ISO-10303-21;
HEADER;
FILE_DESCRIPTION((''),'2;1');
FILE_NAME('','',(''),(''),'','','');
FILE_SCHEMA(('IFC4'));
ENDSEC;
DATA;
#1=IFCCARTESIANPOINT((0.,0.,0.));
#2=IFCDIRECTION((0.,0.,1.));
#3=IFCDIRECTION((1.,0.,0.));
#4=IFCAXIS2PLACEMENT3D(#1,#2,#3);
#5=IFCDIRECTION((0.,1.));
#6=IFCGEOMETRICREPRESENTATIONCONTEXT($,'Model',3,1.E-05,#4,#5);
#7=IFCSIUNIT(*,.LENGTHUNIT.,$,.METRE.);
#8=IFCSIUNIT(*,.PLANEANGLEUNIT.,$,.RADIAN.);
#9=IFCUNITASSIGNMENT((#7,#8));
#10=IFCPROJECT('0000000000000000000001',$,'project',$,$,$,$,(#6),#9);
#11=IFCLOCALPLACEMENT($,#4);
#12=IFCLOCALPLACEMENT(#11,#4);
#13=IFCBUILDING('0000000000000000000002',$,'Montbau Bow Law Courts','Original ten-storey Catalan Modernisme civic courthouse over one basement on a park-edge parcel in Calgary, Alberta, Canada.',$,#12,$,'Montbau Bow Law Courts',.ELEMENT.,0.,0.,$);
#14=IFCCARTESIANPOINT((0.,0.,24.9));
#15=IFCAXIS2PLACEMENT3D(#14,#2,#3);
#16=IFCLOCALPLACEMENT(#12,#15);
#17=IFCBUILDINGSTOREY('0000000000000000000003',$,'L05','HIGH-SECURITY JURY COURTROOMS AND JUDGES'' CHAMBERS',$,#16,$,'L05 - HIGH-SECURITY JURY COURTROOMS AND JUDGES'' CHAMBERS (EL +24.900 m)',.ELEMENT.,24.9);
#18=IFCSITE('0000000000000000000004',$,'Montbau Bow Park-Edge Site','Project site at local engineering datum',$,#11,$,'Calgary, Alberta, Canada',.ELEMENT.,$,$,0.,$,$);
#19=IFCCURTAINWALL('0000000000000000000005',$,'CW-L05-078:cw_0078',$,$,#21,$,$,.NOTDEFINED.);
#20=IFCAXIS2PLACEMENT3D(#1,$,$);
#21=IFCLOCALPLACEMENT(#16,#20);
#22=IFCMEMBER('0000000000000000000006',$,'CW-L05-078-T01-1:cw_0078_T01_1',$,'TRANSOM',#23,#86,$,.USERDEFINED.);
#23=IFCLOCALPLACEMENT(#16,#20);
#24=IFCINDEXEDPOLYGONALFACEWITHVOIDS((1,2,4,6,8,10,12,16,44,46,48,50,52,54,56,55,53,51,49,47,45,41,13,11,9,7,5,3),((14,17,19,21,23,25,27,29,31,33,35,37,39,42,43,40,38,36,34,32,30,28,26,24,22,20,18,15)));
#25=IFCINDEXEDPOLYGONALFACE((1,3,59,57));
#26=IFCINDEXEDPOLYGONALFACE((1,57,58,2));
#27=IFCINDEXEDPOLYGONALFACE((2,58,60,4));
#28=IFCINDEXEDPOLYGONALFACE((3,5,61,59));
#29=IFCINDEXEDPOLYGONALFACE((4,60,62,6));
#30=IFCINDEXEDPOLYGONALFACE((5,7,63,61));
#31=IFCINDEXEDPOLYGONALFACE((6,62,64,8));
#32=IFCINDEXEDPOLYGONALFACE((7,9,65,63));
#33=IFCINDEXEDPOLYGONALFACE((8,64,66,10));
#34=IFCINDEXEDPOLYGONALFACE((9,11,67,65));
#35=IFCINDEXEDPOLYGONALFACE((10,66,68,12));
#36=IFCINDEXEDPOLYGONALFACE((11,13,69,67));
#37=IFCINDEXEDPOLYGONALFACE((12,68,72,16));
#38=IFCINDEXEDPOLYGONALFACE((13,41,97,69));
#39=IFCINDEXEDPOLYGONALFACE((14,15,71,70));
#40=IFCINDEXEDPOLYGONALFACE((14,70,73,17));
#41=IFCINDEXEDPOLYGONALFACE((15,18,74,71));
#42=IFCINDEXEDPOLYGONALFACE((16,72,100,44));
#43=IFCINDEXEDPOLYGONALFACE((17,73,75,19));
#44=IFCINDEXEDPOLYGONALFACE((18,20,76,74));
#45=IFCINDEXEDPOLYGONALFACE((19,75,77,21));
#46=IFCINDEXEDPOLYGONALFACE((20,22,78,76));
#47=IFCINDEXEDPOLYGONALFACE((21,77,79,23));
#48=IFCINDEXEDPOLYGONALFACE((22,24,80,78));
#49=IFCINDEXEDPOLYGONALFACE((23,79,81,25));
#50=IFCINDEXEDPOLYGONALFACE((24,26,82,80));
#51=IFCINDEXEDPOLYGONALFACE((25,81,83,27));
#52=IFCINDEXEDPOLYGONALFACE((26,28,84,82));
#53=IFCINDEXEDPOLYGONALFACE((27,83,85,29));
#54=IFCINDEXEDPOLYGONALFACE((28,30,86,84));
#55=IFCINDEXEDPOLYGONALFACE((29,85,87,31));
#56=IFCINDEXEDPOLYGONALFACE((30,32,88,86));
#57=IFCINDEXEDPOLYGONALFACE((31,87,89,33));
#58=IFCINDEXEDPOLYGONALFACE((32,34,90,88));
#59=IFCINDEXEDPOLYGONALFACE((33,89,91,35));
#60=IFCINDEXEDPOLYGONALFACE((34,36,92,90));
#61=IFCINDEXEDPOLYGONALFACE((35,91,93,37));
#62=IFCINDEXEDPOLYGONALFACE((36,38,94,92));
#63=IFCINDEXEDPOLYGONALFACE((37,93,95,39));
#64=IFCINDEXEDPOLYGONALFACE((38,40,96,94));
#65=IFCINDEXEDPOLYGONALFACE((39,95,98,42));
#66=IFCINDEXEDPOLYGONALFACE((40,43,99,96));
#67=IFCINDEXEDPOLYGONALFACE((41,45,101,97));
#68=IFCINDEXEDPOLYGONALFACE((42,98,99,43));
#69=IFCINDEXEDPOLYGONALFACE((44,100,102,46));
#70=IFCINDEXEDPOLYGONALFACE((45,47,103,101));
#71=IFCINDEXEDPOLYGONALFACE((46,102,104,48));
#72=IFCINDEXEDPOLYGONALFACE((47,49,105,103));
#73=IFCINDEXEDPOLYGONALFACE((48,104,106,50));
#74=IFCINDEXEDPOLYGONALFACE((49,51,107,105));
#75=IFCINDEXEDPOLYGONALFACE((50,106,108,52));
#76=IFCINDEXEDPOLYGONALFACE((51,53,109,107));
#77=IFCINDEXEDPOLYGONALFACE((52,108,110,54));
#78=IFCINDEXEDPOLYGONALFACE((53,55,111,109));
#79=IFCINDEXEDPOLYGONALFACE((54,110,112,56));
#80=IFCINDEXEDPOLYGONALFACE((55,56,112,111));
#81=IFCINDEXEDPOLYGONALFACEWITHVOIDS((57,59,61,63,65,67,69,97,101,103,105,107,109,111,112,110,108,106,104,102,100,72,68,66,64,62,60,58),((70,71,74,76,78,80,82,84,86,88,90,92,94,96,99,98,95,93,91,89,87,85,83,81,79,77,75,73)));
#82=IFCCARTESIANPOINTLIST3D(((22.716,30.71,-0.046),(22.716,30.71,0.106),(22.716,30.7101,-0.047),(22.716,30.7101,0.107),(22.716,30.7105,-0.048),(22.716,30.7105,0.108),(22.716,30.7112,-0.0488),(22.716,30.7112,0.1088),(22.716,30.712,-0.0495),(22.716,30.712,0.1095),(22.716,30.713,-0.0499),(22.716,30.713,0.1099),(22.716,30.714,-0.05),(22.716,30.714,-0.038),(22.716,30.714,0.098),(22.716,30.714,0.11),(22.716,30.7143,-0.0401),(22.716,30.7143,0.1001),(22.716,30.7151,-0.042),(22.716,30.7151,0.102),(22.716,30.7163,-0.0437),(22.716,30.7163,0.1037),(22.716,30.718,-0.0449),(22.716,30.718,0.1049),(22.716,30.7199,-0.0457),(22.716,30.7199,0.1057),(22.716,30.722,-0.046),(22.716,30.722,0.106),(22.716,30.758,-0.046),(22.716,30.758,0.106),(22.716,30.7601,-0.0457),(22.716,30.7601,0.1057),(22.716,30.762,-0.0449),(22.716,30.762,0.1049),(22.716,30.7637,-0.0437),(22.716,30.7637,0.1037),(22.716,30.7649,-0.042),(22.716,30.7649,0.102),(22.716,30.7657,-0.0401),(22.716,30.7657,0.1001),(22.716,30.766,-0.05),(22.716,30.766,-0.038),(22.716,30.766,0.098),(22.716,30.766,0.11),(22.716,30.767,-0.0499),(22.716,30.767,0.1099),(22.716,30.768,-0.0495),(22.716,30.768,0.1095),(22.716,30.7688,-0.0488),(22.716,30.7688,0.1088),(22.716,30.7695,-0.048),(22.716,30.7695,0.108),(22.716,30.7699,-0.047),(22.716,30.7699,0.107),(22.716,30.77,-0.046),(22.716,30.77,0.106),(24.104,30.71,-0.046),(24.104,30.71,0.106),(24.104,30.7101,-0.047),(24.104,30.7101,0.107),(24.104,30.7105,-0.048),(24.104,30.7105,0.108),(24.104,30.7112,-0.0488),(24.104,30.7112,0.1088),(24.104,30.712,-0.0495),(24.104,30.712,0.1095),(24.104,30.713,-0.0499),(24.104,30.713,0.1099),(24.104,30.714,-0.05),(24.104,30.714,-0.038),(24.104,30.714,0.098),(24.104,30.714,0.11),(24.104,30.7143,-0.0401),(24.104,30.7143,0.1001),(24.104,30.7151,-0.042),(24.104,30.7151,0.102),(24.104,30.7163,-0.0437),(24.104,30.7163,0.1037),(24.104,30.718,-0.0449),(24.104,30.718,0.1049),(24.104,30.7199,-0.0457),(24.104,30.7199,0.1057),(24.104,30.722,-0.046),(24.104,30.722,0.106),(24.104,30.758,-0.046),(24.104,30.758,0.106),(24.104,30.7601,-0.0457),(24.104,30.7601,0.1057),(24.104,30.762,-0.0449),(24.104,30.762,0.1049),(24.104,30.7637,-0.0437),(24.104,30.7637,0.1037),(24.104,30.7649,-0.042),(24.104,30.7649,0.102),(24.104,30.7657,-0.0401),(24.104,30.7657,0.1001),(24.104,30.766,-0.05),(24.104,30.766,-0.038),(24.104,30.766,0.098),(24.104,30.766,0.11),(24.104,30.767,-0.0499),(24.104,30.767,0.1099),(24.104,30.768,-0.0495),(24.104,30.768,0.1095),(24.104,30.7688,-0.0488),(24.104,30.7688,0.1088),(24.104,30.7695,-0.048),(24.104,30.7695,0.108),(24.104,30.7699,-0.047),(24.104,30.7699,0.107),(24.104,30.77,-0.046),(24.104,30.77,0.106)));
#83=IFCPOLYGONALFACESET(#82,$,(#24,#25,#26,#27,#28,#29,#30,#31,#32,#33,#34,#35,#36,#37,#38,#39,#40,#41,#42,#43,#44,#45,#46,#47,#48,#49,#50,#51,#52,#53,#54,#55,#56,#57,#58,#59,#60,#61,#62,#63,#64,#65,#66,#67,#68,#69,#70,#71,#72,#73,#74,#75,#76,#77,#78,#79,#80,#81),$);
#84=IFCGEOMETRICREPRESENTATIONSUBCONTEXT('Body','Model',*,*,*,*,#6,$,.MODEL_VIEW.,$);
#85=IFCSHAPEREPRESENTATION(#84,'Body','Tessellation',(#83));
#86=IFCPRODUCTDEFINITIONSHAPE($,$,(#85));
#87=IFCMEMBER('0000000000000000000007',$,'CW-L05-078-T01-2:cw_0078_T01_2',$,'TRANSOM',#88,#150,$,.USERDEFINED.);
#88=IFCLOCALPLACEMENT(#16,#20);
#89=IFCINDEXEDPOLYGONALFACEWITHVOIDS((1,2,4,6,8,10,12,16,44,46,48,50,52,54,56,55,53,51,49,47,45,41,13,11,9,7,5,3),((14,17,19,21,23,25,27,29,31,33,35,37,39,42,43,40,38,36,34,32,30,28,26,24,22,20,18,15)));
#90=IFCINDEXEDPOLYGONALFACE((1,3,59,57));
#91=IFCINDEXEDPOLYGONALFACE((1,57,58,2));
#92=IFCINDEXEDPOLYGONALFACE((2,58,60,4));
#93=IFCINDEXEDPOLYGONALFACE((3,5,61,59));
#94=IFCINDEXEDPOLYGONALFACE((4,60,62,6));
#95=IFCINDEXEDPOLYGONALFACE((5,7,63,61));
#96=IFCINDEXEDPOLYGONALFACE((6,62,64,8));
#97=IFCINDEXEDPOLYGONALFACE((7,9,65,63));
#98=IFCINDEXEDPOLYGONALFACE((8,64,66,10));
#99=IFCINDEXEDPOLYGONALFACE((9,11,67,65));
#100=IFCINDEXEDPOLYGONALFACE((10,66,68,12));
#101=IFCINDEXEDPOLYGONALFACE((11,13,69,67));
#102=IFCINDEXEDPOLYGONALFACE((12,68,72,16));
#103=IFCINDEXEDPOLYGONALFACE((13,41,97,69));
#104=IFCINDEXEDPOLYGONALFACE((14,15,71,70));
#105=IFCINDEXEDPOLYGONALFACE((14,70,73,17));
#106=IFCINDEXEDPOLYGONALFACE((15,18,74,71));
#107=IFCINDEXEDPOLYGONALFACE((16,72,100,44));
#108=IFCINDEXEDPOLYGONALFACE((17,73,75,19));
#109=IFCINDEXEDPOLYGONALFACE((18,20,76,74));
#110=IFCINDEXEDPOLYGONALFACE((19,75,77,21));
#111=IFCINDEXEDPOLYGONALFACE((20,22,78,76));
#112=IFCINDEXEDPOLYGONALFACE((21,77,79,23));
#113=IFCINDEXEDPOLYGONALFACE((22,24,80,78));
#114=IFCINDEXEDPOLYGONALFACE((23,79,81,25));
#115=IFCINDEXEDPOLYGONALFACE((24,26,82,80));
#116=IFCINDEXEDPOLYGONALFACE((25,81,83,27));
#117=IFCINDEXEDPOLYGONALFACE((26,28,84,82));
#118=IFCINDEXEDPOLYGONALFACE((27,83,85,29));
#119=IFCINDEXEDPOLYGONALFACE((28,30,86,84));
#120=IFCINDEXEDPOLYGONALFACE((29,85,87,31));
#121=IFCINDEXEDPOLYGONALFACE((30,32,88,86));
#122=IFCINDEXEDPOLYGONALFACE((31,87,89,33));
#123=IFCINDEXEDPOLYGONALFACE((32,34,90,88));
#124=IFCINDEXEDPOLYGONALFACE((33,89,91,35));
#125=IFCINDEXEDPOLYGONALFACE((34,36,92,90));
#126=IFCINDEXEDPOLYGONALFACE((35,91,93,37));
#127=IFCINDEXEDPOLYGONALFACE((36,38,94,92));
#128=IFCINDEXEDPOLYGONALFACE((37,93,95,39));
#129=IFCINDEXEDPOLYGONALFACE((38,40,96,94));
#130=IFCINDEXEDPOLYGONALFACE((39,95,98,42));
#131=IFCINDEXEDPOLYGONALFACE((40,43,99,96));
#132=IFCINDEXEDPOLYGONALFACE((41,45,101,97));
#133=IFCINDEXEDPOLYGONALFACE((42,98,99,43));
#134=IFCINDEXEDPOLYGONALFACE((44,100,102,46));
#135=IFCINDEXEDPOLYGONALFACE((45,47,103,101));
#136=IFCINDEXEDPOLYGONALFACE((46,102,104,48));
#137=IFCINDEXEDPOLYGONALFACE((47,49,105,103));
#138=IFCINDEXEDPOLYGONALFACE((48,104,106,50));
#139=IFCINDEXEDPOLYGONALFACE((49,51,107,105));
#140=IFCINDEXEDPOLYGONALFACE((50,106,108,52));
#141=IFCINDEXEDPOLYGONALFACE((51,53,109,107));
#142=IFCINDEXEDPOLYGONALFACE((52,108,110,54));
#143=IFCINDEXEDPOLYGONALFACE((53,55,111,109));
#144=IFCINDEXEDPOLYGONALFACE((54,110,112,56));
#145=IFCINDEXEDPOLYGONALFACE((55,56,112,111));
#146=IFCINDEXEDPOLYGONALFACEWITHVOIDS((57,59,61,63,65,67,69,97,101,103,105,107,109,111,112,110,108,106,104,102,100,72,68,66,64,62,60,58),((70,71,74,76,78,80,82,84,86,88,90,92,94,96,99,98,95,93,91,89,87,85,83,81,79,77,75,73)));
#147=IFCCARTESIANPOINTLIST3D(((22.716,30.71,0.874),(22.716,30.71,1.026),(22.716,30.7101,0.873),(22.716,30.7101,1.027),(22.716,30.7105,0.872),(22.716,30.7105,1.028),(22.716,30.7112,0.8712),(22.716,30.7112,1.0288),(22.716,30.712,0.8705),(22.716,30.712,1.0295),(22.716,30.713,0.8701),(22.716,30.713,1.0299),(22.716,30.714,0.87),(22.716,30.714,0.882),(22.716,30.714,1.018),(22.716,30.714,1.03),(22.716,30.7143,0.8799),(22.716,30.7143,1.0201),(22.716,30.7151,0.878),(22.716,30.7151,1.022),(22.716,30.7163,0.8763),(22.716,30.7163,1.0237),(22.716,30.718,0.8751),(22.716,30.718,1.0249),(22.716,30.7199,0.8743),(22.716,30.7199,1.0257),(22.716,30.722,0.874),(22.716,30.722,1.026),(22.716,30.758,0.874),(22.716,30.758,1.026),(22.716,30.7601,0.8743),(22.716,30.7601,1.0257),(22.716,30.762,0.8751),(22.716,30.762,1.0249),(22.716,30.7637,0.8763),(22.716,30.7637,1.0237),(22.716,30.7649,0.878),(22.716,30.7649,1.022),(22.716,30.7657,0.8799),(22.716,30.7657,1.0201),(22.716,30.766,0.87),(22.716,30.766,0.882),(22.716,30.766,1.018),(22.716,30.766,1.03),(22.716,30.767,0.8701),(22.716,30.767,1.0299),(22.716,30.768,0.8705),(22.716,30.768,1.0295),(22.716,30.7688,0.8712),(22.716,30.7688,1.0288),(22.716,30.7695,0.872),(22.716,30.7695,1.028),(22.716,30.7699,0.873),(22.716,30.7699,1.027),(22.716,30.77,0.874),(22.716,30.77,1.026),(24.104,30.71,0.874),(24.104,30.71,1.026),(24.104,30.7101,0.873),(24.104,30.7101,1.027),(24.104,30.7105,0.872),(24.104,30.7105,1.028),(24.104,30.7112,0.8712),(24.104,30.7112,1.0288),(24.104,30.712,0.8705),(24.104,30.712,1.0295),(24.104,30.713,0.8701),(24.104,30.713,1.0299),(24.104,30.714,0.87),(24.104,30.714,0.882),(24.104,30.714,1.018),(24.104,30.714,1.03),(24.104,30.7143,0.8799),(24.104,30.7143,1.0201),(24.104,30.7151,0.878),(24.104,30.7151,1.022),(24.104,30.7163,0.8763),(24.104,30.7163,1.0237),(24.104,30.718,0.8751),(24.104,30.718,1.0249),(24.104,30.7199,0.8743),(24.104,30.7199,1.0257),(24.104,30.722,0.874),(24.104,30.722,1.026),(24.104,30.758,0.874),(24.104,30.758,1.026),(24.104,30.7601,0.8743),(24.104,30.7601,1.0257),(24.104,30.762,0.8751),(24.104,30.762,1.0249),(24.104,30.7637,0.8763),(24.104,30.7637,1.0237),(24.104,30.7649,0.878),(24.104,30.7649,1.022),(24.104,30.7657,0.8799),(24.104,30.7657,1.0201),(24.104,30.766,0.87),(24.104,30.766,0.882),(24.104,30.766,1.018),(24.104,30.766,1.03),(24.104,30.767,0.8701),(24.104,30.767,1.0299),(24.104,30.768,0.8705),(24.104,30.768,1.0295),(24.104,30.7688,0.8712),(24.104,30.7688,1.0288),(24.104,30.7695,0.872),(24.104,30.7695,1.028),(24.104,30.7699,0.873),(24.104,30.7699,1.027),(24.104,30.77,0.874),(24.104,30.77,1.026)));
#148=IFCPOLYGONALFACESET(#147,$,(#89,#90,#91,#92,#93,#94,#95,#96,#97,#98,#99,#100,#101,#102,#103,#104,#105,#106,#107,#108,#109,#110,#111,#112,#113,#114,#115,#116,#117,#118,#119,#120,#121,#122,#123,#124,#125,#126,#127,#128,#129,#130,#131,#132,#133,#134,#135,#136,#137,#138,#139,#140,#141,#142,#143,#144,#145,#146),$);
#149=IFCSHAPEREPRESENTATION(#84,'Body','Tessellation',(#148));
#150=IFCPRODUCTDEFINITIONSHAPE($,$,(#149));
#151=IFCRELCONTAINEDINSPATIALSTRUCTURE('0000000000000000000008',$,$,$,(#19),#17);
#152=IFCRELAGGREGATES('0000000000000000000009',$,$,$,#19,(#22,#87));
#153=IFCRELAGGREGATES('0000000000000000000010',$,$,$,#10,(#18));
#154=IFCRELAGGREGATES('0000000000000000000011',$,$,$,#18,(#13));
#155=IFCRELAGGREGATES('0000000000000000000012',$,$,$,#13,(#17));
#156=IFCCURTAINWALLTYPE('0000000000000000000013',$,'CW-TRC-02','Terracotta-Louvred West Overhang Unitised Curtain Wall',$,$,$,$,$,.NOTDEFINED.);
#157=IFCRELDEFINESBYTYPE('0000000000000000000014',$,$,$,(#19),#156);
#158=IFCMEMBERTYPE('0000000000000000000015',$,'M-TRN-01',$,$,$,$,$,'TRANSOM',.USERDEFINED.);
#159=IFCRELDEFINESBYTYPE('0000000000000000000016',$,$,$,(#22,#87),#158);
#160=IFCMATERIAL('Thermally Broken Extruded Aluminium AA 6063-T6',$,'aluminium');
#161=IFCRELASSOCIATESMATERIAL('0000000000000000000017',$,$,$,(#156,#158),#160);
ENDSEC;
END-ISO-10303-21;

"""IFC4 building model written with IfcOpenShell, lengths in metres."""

from ifc_helpers import new_model, si_unit, direction, frame, origin_with_axes, origin_2d_with_axis, place, context, subcontext, project, spatial, hollow_rectangle, extrude, material, material_profile, profile_set, type_object, element, aggregate, save


model = new_model("IFC4")

# Units and contexts
model_context = context("Model", 3, precision=1e-05, world=origin_with_axes(), true_north=direction((0.0, 1.0)))
body_context = subcontext(model_context, "Body", "Model", "MODEL_VIEW")
ifc_project = project(units=[si_unit("LENGTHUNIT", "METRE"), si_unit("PLANEANGLEUNIT", "RADIAN")], contexts=[model_context])

# Site, building, storey
site_placement = place(None, origin_with_axes())
site = spatial("IfcSite", under=ifc_project, at=site_placement, Name="Montbau Bow Park-Edge Site", Description="Project site at local engineering datum", LongName="Calgary, Alberta, Canada", CompositionType="ELEMENT", RefElevation=0.0)
building_placement = place(site_placement, origin_with_axes())
building = spatial("IfcBuilding", under=site, at=building_placement, Name="Montbau Bow Law Courts", Description="Original ten-storey Catalan Modernisme civic courthouse over one basement on a park-edge parcel in Calgary, Alberta, Canada.", LongName="Montbau Bow Law Courts", CompositionType="ELEMENT", ElevationOfRefHeight=0.0, ElevationOfTerrain=0.0)
storey_placement = place(building_placement, frame((0.0, 0.0, 24.9), z_axis=(0.0, 0.0, 1.0), x_axis=(1.0, 0.0, 0.0)))
storey = spatial("IfcBuildingStorey", under=building, at=storey_placement, Name="L05", Description="HIGH-SECURITY JURY COURTROOMS AND JUDGES' CHAMBERS", LongName="L05 - HIGH-SECURITY JURY COURTROOMS AND JUDGES' CHAMBERS (EL +24.900 m)", CompositionType="ELEMENT", Elevation=24.9)

# Curtain wall
ifc_material_1 = material(Name="Thermally Broken Extruded Aluminium AA 6063-T6", Category="aluminium")
curtain_wall_type = type_object("IfcCurtainWallType", Name="CW-TRC-02", Description="Terracotta-Louvred West Overhang Unitised Curtain Wall", PredefinedType="NOTDEFINED", material=ifc_material_1)
curtain_wall_1_placement = place(None, frame((22.64, 30.74, 24.9), z_axis=(0.0, 0.0, 1.0), x_axis=(1.0, 0.0, 0.0)))
curtain_wall_1 = element("IfcCurtainWall", 1, at=curtain_wall_1_placement, inside=storey, type_object=curtain_wall_type, Name="CW-L05-078:cw_0078", PredefinedType="NOTDEFINED")

# Members
ifc_material_profile_1 = material_profile(ifc_material_1, hollow_rectangle(XDim=0.06, YDim=0.16, WallThickness=0.004, InnerFilletRadius=0.008, OuterFilletRadius=0.004, at=origin_2d_with_axis()), Name="CWT-160X60", Category="Main", Priority=0)
ifc_profile_set_1 = profile_set([ifc_material_profile_1], Name="Thermally Broken Extruded Aluminium AA 6063-T6")
member_type_1 = type_object("IfcMemberType", Name="M-TRN-01", ElementType="TRANSOM", PredefinedType="USERDEFINED", material=ifc_profile_set_1)
member_1_placement = place(None, frame((22.716, 30.74, 24.93), z_axis=(1.0, 0.0, 0.0), x_axis=(0.0, 1.0, 0.0)))
member_1 = element("IfcMember", 2, at=member_1_placement, type_object=member_type_1, Name="CW-L05-078-T01-1:cw_0078_T01_1", ObjectType="TRANSOM", PredefinedType="USERDEFINED", context=body_context, shape_type="SweptSolid", body=[
    extrude(hollow_rectangle(XDim=0.06, YDim=0.16, WallThickness=0.004, InnerFilletRadius=0.008, OuterFilletRadius=0.004, at=origin_2d_with_axis()), origin_with_axes(), (0.0, 0.0, 1.0), 1.388),
])
member_2_placement = place(None, frame((22.716, 30.74, 25.85), z_axis=(1.0, 0.0, 0.0), x_axis=(0.0, 1.0, 0.0)))
member_2 = element("IfcMember", 3, at=member_2_placement, type_object=member_type_1, Name="CW-L05-078-T01-2:cw_0078_T01_2", ObjectType="TRANSOM", PredefinedType="USERDEFINED", context=body_context, shape_type="SweptSolid", body=[
    extrude(hollow_rectangle(XDim=0.06, YDim=0.16, WallThickness=0.004, InnerFilletRadius=0.008, OuterFilletRadius=0.004, at=origin_2d_with_axis()), origin_with_axes(), (0.0, 0.0, 1.0), 1.388),
])

aggregate(curtain_wall_1, [member_1, member_2])

save(model, "model.ifc")
